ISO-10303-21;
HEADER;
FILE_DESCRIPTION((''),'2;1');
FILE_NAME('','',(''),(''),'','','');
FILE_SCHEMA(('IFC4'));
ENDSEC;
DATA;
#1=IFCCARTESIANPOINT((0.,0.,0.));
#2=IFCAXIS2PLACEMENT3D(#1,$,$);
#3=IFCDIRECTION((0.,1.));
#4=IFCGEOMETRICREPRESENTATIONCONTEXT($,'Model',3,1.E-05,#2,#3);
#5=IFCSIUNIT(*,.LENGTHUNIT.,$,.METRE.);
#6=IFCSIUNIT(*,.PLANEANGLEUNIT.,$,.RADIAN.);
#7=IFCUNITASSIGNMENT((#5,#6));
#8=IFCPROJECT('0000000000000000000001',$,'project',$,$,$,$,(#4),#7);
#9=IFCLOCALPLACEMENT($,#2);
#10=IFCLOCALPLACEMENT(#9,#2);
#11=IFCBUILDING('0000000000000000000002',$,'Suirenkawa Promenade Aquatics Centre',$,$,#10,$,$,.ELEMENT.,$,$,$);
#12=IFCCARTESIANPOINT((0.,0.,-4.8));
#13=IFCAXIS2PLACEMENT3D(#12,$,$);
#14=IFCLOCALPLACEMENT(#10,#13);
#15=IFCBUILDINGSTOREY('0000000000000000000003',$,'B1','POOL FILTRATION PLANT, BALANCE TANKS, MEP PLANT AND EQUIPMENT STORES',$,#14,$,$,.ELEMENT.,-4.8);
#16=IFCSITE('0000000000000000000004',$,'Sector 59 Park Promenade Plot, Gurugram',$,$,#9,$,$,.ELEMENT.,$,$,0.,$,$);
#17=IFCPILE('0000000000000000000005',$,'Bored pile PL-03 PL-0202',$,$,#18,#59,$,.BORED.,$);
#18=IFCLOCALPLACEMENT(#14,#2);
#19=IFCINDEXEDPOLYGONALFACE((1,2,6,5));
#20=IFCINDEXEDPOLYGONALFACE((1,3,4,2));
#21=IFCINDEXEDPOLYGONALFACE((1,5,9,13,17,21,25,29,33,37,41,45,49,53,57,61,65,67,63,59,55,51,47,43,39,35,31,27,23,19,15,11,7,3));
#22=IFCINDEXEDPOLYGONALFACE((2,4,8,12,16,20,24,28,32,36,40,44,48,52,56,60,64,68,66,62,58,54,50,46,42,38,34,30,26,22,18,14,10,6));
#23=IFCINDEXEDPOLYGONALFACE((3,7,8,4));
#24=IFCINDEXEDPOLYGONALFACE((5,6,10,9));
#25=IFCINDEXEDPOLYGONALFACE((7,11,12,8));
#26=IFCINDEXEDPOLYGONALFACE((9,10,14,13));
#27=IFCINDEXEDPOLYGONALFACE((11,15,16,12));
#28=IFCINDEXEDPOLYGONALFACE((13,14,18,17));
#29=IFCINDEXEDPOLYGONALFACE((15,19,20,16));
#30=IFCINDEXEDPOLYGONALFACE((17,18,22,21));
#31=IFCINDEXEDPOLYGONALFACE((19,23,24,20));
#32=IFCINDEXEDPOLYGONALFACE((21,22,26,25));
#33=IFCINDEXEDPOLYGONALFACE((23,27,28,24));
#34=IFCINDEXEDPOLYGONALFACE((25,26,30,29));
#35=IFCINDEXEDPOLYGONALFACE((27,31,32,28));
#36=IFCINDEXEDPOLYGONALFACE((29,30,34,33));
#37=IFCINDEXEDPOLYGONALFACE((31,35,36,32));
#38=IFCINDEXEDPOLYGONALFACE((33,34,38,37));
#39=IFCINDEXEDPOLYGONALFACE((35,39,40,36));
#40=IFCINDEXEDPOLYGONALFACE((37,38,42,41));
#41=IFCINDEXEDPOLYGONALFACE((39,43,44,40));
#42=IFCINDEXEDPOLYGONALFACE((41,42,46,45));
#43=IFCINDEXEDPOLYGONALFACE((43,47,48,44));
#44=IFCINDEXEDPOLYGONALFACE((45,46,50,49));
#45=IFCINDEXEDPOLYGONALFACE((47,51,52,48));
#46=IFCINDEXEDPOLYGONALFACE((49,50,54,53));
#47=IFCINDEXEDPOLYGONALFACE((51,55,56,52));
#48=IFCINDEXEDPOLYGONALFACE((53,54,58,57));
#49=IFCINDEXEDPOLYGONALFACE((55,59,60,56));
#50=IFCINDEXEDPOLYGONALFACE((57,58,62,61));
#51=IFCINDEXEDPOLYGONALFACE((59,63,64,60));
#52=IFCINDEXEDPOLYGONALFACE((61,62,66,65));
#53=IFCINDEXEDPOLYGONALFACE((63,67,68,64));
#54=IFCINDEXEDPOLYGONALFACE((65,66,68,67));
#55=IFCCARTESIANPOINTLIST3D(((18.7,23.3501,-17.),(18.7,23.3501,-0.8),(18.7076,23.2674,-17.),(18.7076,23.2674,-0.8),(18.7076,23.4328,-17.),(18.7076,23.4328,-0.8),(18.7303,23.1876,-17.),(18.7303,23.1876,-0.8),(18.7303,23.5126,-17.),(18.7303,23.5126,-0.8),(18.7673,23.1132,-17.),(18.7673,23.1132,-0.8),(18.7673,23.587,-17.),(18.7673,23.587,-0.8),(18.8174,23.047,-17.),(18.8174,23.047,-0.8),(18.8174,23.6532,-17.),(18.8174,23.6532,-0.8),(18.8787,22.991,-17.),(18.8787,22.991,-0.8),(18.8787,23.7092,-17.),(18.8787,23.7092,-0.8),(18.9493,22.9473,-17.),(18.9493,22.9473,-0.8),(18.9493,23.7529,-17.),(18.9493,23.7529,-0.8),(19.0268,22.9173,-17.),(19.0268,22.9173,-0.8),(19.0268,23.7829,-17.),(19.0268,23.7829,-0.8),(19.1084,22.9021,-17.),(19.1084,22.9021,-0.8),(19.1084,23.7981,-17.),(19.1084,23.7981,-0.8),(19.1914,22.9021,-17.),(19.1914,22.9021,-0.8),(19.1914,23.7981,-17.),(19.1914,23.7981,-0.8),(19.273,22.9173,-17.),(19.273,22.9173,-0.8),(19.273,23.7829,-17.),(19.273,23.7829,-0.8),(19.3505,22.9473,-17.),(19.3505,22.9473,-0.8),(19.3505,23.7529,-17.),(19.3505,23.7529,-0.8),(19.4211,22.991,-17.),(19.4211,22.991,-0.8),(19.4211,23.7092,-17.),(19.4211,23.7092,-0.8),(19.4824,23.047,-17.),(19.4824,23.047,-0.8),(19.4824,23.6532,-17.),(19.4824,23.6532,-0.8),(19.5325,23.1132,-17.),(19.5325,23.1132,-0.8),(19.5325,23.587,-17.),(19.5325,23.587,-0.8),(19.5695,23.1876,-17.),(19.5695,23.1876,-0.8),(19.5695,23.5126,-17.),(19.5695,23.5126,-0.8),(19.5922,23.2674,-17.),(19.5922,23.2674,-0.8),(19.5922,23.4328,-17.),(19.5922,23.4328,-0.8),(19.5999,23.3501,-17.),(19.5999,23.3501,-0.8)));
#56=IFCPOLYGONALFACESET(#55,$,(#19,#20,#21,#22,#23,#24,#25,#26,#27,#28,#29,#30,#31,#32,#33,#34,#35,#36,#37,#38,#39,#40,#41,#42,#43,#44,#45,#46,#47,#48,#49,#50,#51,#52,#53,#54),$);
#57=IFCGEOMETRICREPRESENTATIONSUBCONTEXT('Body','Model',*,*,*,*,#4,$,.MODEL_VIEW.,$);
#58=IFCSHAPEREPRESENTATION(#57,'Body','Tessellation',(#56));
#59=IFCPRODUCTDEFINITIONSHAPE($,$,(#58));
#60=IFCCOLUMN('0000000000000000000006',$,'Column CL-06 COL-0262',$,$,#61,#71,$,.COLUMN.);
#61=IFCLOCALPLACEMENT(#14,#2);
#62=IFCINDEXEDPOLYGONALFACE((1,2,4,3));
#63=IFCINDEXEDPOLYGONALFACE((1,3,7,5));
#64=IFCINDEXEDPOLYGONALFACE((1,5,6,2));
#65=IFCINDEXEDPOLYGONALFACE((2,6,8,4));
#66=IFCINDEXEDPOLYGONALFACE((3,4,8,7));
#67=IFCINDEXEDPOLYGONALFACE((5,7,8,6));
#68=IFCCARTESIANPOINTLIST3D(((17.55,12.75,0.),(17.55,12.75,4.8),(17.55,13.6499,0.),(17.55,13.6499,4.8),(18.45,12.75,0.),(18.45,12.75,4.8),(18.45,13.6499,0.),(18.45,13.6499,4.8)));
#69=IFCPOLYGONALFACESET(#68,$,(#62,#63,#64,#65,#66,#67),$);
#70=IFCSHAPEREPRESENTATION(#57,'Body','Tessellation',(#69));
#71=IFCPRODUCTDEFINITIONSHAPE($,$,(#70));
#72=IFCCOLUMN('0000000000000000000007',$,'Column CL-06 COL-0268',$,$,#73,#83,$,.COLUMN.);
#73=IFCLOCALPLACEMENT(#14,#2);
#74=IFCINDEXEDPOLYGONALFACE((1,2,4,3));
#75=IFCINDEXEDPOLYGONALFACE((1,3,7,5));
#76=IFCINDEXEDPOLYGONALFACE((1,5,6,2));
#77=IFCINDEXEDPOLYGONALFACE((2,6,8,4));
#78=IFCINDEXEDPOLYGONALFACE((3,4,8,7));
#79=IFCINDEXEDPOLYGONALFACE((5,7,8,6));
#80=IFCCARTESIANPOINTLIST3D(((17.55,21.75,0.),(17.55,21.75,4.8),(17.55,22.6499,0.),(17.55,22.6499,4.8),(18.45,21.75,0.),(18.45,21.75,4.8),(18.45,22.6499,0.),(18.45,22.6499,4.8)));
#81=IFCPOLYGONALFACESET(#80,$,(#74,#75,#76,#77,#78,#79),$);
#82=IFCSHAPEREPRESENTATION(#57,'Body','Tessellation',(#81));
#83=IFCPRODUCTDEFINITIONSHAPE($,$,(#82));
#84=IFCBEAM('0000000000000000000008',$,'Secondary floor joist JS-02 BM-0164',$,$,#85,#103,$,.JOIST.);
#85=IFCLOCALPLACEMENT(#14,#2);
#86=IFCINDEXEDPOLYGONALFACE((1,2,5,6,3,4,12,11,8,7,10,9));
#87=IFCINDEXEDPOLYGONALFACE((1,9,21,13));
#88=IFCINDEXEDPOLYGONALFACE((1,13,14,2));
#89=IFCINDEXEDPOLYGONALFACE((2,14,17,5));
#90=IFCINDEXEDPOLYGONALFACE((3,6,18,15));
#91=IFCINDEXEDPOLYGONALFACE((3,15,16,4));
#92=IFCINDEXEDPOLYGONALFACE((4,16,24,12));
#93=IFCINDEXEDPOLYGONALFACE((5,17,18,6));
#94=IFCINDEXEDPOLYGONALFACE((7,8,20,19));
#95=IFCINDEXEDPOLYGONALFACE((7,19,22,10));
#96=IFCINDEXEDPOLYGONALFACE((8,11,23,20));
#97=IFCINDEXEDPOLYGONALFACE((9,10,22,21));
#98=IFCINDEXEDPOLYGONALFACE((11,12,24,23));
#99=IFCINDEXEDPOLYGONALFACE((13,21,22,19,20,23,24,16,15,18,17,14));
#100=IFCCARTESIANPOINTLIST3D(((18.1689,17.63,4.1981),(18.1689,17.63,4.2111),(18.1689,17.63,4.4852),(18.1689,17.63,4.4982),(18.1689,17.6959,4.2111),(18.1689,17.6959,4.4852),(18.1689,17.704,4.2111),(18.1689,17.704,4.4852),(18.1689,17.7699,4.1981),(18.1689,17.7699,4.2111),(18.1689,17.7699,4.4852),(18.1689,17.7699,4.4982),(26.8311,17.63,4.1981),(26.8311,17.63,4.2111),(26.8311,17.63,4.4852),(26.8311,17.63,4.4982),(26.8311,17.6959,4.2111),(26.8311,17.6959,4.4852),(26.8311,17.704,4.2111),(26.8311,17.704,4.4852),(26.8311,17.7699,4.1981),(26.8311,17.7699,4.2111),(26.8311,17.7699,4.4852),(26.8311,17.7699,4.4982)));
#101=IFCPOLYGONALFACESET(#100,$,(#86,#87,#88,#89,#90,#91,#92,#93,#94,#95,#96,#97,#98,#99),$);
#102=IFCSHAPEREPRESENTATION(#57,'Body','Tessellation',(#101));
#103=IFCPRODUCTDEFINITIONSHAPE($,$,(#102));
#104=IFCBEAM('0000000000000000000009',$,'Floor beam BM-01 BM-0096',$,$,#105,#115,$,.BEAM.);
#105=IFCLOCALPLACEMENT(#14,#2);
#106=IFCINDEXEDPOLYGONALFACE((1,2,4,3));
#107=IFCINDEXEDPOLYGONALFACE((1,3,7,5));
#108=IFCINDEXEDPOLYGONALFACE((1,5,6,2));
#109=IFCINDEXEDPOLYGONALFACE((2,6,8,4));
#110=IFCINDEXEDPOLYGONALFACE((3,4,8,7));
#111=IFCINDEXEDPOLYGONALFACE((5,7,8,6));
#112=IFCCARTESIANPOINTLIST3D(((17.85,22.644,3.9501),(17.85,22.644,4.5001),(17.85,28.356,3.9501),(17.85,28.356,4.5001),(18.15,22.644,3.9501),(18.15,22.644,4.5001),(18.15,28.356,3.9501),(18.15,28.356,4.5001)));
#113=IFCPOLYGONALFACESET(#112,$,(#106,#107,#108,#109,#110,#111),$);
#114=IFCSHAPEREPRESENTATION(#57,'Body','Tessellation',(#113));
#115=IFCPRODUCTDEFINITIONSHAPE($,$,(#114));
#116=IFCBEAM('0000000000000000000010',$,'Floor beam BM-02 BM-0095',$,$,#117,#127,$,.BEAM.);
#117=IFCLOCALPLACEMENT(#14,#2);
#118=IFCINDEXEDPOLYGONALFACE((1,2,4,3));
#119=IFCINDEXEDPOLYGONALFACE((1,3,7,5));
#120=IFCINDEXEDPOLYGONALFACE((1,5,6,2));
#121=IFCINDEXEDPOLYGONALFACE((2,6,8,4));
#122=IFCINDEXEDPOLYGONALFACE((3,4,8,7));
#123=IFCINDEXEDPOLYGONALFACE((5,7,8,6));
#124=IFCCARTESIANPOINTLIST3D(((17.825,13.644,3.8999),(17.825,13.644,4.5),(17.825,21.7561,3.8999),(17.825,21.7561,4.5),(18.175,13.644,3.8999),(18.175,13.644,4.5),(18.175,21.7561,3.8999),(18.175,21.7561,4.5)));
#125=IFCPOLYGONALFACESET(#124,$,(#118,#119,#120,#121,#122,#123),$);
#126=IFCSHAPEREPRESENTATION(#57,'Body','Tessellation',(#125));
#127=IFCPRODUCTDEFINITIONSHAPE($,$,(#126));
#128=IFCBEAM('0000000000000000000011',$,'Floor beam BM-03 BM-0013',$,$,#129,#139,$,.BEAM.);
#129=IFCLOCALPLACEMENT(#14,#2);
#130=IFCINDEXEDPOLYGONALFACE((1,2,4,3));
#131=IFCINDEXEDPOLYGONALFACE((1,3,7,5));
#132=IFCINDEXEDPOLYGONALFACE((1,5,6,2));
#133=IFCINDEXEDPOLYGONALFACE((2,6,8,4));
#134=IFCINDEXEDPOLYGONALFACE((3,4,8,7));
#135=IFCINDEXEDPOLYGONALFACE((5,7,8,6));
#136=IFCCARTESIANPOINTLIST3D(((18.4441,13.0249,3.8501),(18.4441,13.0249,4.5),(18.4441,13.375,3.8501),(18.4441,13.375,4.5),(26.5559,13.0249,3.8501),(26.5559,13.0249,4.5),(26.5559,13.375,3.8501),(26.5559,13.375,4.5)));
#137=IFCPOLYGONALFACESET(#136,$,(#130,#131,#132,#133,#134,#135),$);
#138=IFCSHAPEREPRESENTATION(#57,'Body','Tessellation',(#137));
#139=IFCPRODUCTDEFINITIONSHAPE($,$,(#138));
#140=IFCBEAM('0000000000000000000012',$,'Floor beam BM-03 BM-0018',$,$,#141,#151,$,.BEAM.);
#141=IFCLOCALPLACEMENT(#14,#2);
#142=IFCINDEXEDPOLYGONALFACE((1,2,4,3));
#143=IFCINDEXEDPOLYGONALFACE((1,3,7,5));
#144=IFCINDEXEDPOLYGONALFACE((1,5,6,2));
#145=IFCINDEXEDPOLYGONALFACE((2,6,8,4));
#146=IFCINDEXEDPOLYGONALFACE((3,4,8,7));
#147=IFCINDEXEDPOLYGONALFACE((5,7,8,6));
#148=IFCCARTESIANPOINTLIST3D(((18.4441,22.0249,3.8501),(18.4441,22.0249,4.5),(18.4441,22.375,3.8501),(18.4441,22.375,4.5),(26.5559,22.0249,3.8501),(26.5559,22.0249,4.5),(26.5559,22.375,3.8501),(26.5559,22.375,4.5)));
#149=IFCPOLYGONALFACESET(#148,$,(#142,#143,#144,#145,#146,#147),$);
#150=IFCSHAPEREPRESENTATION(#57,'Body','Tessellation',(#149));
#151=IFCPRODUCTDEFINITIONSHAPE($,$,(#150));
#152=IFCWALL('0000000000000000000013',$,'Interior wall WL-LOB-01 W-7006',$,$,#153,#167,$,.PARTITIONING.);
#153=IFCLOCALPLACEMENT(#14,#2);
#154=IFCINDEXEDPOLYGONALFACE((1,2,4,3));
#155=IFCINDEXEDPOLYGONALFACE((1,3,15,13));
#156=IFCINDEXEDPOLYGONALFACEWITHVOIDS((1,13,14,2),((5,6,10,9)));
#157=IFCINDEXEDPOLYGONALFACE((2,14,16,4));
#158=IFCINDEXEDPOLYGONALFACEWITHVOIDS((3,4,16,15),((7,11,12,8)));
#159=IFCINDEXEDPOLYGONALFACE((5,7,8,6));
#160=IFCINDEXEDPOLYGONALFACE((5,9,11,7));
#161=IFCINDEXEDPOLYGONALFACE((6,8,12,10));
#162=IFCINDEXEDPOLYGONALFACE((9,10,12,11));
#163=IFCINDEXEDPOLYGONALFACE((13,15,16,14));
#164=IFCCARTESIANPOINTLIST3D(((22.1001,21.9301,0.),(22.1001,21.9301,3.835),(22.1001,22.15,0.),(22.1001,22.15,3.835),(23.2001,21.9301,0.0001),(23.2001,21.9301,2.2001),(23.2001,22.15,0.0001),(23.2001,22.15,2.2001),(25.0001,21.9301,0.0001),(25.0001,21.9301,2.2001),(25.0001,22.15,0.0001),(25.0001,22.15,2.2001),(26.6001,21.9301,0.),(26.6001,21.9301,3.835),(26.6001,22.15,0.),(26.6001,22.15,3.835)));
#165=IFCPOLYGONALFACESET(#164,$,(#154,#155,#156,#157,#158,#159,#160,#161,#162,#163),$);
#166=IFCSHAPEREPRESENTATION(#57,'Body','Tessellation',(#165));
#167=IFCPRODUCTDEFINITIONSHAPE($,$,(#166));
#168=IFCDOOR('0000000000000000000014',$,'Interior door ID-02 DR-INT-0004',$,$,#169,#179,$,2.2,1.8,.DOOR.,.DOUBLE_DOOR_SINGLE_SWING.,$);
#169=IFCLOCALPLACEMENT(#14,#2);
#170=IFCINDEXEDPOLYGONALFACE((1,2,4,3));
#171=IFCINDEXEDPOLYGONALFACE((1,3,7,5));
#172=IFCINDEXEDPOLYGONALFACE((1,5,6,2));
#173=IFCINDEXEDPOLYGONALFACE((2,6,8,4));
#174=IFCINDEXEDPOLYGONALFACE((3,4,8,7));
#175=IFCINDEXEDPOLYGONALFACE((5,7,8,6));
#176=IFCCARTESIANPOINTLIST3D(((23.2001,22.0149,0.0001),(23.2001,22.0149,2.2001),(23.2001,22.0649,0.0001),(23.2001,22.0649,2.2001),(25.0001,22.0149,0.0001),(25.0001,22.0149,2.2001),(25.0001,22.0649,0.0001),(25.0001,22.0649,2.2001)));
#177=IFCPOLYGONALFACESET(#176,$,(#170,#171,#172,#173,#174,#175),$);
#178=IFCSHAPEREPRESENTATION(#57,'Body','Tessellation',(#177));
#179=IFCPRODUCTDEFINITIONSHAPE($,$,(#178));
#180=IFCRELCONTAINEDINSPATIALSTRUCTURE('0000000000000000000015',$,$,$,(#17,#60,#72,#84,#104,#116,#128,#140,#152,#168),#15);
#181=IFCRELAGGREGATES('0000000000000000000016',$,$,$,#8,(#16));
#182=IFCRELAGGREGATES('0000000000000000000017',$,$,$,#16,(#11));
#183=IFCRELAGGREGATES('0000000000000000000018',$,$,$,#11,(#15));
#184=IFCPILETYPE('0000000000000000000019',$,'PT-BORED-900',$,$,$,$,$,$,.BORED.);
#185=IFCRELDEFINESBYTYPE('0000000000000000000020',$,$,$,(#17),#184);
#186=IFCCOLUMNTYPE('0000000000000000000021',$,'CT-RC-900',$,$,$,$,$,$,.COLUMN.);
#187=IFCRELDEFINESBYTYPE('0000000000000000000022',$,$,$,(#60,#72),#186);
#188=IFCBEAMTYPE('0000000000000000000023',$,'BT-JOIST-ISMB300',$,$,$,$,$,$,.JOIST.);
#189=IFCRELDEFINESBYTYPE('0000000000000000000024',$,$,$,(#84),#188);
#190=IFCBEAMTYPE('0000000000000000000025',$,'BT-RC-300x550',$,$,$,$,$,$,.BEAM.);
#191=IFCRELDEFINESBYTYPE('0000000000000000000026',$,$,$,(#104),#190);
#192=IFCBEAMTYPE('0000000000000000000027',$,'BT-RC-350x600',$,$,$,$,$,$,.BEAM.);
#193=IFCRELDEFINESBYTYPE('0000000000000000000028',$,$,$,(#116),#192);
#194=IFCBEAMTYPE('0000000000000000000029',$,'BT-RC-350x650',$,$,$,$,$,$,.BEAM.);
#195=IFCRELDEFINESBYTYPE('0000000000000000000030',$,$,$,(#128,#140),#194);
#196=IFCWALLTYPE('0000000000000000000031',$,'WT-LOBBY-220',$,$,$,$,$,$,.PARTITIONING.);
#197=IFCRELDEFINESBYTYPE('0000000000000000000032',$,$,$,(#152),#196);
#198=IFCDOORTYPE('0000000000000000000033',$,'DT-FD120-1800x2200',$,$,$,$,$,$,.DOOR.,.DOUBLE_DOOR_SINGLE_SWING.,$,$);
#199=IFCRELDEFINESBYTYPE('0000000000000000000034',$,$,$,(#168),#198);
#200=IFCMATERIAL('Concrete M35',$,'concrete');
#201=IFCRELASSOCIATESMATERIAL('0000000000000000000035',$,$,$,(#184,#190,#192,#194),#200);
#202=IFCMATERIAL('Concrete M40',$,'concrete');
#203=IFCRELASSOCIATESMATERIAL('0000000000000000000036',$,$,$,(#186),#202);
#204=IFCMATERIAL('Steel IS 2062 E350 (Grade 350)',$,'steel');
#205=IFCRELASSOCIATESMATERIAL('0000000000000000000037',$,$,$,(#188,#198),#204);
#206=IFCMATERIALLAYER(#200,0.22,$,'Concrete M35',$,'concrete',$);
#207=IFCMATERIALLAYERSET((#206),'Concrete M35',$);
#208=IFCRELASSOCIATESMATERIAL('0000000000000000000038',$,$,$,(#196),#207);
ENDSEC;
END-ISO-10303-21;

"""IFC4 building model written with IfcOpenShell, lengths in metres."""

from ifc_helpers import new_model, si_unit, direction, frame, frame_2d, origin, origin_2d, place, context, subcontext, project, spatial, rectangle, circle, i_section, extrude, material, layer, layer_set, material_profile, profile_set, type_object, element, fill, save


model = new_model("IFC4")

# Units and contexts
model_context = context("Model", 3, precision=1e-05, world=origin(), true_north=direction((0.0, 1.0)))
body_context = subcontext(model_context, "Body", "Model", "MODEL_VIEW")
ifc_project = project(units=[si_unit("LENGTHUNIT", "METRE"), si_unit("PLANEANGLEUNIT", "RADIAN")], contexts=[model_context])

# Site, building, storey
site_placement = place(None, origin())
site = spatial("IfcSite", under=ifc_project, at=site_placement, Name="Sector 59 Park Promenade Plot, Gurugram", CompositionType="ELEMENT", RefElevation=0.0)
building_placement = place(site_placement, origin())
building = spatial("IfcBuilding", under=site, at=building_placement, Name="Suirenkawa Promenade Aquatics Centre", CompositionType="ELEMENT")
storey_placement = place(building_placement, frame((0.0, 0.0, -4.8)))
storey = spatial("IfcBuildingStorey", under=building, at=storey_placement, Name="B1", Description="POOL FILTRATION PLANT, BALANCE TANKS, MEP PLANT AND EQUIPMENT STORES", CompositionType="ELEMENT", Elevation=-4.8)

# Shared definitions
ifc_material_1 = material(Name="Concrete M35", Category="concrete")

# Pile
ifc_material_profile_1 = material_profile(ifc_material_1, circle(Radius=0.45, at=origin_2d()), Name="PILE D900", Category="concrete")
ifc_profile_set_1 = profile_set([ifc_material_profile_1], Name="Concrete M35")
pile_type_1 = type_object("IfcPileType", Name="PT-BORED-900", PredefinedType="BORED", material=ifc_profile_set_1)
for number, where, z_axis, x_axis, name in (
    (1, (19.1499, 23.3501, -0.8), (0.0, 0.0, -1.0), (1.0, 0.0, 0.0), "Bored pile PL-03 PL-0202"),
):
    element("IfcPile", number, at=place(storey_placement, frame(where, z_axis=z_axis, x_axis=x_axis)), inside=storey, type_object=pile_type_1, Name=name, PredefinedType="BORED", context=body_context, shape_type="SweptSolid", body=[
        extrude(circle(Radius=0.45, at=origin_2d()), origin(), (0.0, 0.0, 1.0), 16.2),
    ])

# Columns
ifc_material_2 = material(Name="Concrete M40", Category="concrete")
ifc_material_profile_2 = material_profile(ifc_material_2, rectangle(XDim=0.8999, YDim=0.8999, at=origin_2d()), Name="RC COL 900x900", Category="concrete")
ifc_profile_set_2 = profile_set([ifc_material_profile_2], Name="Concrete M40")
column_type = type_object("IfcColumnType", Name="CT-RC-900", PredefinedType="COLUMN", material=ifc_profile_set_2)
for number, where, z_axis, x_axis, name in (
    (2, (18.0, 13.2, 0.0), (0.0, 0.0, 1.0), (1.0, 0.0, 0.0), "Column CL-06 COL-0262"),
    (3, (18.0, 22.2, 0.0), (0.0, 0.0, 1.0), (1.0, 0.0, 0.0), "Column CL-06 COL-0268"),
):
    element("IfcColumn", number, at=place(storey_placement, frame(where, z_axis=z_axis, x_axis=x_axis)), inside=storey, type_object=column_type, Name=name, PredefinedType="COLUMN", context=body_context, shape_type="SweptSolid", body=[
        extrude(rectangle(XDim=0.8999, YDim=0.8999, at=origin_2d()), origin(), (0.0, 0.0, 1.0), 4.8),
    ])

# Beams
ifc_material_3 = material(Name="Steel IS 2062 E350 (Grade 350)", Category="steel")
ifc_material_profile_3 = material_profile(ifc_material_3, i_section(OverallWidth=0.1399, OverallDepth=0.3, WebThickness=0.0081, FlangeThickness=0.0129, at=origin_2d()), Name="ISMB 300", Category="steel")
ifc_profile_set_3 = profile_set([ifc_material_profile_3], Name="Steel IS 2062 E350 (Grade 350)")
beam_type_1 = type_object("IfcBeamType", Name="BT-JOIST-ISMB300", PredefinedType="JOIST", material=ifc_profile_set_3)
beam_1_placement = place(storey_placement, frame((18.1689, 17.7, 4.3481), z_axis=(1.0, 0.0, 0.0), x_axis=(0.0, 1.0, 0.0)))
element("IfcBeam", 4, at=beam_1_placement, inside=storey, type_object=beam_type_1, Name="Secondary floor joist JS-02 BM-0164", PredefinedType="JOIST", context=body_context, shape_type="SweptSolid", body=[
    extrude(i_section(OverallWidth=0.1399, OverallDepth=0.3, WebThickness=0.0081, FlangeThickness=0.0129, at=origin_2d()), origin(), (0.0, 0.0, 1.0), 8.6621),
])
ifc_material_profile_4 = material_profile(ifc_material_1, rectangle(XDim=0.3, YDim=0.55, at=origin_2d()), Name="RC BM 300x550", Category="concrete")
ifc_profile_set_4 = profile_set([ifc_material_profile_4], Name="Concrete M35")
beam_type_2 = type_object("IfcBeamType", Name="BT-RC-300x550", PredefinedType="BEAM", material=ifc_profile_set_4)
beam_2_placement = place(storey_placement, frame((18.0, 22.644, 4.2251), z_axis=(0.0, 1.0, 0.0), x_axis=(-1.0, 0.0, 0.0)))
element("IfcBeam", 5, at=beam_2_placement, inside=storey, type_object=beam_type_2, Name="Floor beam BM-01 BM-0096", PredefinedType="BEAM", context=body_context, shape_type="SweptSolid", body=[
    extrude(rectangle(XDim=0.3, YDim=0.55, at=origin_2d()), origin(), (0.0, 0.0, 1.0), 5.7119),
])
ifc_material_profile_5 = material_profile(ifc_material_1, rectangle(XDim=0.3501, YDim=0.6001, at=origin_2d()), Name="RC BM 350x600", Category="concrete")
ifc_profile_set_5 = profile_set([ifc_material_profile_5], Name="Concrete M35")
beam_type_3 = type_object("IfcBeamType", Name="BT-RC-350x600", PredefinedType="BEAM", material=ifc_profile_set_5)
beam_3_placement = place(storey_placement, frame((18.0, 13.644, 4.2), z_axis=(0.0, 1.0, 0.0), x_axis=(-1.0, 0.0, 0.0)))
element("IfcBeam", 6, at=beam_3_placement, inside=storey, type_object=beam_type_3, Name="Floor beam BM-02 BM-0095", PredefinedType="BEAM", context=body_context, shape_type="SweptSolid", body=[
    extrude(rectangle(XDim=0.3501, YDim=0.6001, at=origin_2d()), origin(), (0.0, 0.0, 1.0), 8.1121),
])
ifc_material_profile_6 = material_profile(ifc_material_1, rectangle(XDim=0.3501, YDim=0.6499, at=origin_2d()), Name="RC BM 350x650", Category="concrete")
ifc_profile_set_6 = profile_set([ifc_material_profile_6], Name="Concrete M35")
beam_type_4 = type_object("IfcBeamType", Name="BT-RC-350x650", PredefinedType="BEAM", material=ifc_profile_set_6)
for number, where, z_axis, x_axis, name in (
    (7, (18.4441, 13.2, 4.175), (1.0, 0.0, 0.0), (0.0, 1.0, 0.0), "Floor beam BM-03 BM-0013"),
    (8, (18.4441, 22.2, 4.175), (1.0, 0.0, 0.0), (0.0, 1.0, 0.0), "Floor beam BM-03 BM-0018"),
):
    element("IfcBeam", number, at=place(storey_placement, frame(where, z_axis=z_axis, x_axis=x_axis)), inside=storey, type_object=beam_type_4, Name=name, PredefinedType="BEAM", context=body_context, shape_type="SweptSolid", body=[
        extrude(rectangle(XDim=0.3501, YDim=0.6499, at=origin_2d()), origin(), (0.0, 0.0, 1.0), 8.1118),
    ])

# Wall, opening, door
ifc_layer = layer(ifc_material_1, 0.22, Name="Concrete M35", Category="concrete")
ifc_layer_set = layer_set([ifc_layer], Name="Concrete M35")
wall_type = type_object("IfcWallType", Name="WT-LOBBY-220", PredefinedType="PARTITIONING", material=ifc_layer_set)
wall_placement = place(storey_placement, frame((22.1001, 22.04, 0.0), z_axis=(0.0, 0.0, 1.0), x_axis=(1.0, 0.0, 0.0)))
wall = element("IfcWall", 9, at=wall_placement, inside=storey, type_object=wall_type, Name="Interior wall WL-LOB-01 W-7006", PredefinedType="PARTITIONING", context=body_context, shape_type="SweptSolid", body=[
    extrude(rectangle(XDim=4.5, YDim=0.22, at=frame_2d((2.25, 0.0))), origin(), (0.0, 0.0, 1.0), 3.835),
])
opening_placement = place(wall_placement, frame((1.1001, 0.0, 0.0)))
opening = element("IfcOpeningElement", 10, at=opening_placement, cuts=wall, PredefinedType="OPENING", context=body_context, shape_type="SweptSolid", body=[
    extrude(rectangle(XDim=1.8, YDim=2.2, at=frame_2d((0.8999, 1.1001))), frame((0.0, 0.1199, 0.0), z_axis=(0.0, -1.0, 0.0), x_axis=(1.0, 0.0, 0.0)), (0.0, 0.0, 1.0), 0.24),
])
door_type = type_object("IfcDoorType", Name="DT-FD120-1800x2200", OperationType="DOUBLE_DOOR_SINGLE_SWING", PredefinedType="DOOR", material=ifc_material_3)
door_placement = place(opening_placement, origin())
door = element("IfcDoor", 11, at=door_placement, inside=storey, type_object=door_type, Name="Interior door ID-02 DR-INT-0004", OperationType="DOUBLE_DOOR_SINGLE_SWING", OverallHeight=2.2, OverallWidth=1.8, PredefinedType="DOOR", context=body_context, shape_type="SweptSolid", body=[
    extrude(rectangle(XDim=1.8, YDim=2.2, at=frame_2d((0.8999, 1.1001))), frame((0.0, 0.0249, 0.0), z_axis=(0.0, -1.0, 0.0), x_axis=(1.0, 0.0, 0.0)), (0.0, 0.0, 1.0), 0.05),
])
fill(opening, door)

save(model, "model.ifc")
